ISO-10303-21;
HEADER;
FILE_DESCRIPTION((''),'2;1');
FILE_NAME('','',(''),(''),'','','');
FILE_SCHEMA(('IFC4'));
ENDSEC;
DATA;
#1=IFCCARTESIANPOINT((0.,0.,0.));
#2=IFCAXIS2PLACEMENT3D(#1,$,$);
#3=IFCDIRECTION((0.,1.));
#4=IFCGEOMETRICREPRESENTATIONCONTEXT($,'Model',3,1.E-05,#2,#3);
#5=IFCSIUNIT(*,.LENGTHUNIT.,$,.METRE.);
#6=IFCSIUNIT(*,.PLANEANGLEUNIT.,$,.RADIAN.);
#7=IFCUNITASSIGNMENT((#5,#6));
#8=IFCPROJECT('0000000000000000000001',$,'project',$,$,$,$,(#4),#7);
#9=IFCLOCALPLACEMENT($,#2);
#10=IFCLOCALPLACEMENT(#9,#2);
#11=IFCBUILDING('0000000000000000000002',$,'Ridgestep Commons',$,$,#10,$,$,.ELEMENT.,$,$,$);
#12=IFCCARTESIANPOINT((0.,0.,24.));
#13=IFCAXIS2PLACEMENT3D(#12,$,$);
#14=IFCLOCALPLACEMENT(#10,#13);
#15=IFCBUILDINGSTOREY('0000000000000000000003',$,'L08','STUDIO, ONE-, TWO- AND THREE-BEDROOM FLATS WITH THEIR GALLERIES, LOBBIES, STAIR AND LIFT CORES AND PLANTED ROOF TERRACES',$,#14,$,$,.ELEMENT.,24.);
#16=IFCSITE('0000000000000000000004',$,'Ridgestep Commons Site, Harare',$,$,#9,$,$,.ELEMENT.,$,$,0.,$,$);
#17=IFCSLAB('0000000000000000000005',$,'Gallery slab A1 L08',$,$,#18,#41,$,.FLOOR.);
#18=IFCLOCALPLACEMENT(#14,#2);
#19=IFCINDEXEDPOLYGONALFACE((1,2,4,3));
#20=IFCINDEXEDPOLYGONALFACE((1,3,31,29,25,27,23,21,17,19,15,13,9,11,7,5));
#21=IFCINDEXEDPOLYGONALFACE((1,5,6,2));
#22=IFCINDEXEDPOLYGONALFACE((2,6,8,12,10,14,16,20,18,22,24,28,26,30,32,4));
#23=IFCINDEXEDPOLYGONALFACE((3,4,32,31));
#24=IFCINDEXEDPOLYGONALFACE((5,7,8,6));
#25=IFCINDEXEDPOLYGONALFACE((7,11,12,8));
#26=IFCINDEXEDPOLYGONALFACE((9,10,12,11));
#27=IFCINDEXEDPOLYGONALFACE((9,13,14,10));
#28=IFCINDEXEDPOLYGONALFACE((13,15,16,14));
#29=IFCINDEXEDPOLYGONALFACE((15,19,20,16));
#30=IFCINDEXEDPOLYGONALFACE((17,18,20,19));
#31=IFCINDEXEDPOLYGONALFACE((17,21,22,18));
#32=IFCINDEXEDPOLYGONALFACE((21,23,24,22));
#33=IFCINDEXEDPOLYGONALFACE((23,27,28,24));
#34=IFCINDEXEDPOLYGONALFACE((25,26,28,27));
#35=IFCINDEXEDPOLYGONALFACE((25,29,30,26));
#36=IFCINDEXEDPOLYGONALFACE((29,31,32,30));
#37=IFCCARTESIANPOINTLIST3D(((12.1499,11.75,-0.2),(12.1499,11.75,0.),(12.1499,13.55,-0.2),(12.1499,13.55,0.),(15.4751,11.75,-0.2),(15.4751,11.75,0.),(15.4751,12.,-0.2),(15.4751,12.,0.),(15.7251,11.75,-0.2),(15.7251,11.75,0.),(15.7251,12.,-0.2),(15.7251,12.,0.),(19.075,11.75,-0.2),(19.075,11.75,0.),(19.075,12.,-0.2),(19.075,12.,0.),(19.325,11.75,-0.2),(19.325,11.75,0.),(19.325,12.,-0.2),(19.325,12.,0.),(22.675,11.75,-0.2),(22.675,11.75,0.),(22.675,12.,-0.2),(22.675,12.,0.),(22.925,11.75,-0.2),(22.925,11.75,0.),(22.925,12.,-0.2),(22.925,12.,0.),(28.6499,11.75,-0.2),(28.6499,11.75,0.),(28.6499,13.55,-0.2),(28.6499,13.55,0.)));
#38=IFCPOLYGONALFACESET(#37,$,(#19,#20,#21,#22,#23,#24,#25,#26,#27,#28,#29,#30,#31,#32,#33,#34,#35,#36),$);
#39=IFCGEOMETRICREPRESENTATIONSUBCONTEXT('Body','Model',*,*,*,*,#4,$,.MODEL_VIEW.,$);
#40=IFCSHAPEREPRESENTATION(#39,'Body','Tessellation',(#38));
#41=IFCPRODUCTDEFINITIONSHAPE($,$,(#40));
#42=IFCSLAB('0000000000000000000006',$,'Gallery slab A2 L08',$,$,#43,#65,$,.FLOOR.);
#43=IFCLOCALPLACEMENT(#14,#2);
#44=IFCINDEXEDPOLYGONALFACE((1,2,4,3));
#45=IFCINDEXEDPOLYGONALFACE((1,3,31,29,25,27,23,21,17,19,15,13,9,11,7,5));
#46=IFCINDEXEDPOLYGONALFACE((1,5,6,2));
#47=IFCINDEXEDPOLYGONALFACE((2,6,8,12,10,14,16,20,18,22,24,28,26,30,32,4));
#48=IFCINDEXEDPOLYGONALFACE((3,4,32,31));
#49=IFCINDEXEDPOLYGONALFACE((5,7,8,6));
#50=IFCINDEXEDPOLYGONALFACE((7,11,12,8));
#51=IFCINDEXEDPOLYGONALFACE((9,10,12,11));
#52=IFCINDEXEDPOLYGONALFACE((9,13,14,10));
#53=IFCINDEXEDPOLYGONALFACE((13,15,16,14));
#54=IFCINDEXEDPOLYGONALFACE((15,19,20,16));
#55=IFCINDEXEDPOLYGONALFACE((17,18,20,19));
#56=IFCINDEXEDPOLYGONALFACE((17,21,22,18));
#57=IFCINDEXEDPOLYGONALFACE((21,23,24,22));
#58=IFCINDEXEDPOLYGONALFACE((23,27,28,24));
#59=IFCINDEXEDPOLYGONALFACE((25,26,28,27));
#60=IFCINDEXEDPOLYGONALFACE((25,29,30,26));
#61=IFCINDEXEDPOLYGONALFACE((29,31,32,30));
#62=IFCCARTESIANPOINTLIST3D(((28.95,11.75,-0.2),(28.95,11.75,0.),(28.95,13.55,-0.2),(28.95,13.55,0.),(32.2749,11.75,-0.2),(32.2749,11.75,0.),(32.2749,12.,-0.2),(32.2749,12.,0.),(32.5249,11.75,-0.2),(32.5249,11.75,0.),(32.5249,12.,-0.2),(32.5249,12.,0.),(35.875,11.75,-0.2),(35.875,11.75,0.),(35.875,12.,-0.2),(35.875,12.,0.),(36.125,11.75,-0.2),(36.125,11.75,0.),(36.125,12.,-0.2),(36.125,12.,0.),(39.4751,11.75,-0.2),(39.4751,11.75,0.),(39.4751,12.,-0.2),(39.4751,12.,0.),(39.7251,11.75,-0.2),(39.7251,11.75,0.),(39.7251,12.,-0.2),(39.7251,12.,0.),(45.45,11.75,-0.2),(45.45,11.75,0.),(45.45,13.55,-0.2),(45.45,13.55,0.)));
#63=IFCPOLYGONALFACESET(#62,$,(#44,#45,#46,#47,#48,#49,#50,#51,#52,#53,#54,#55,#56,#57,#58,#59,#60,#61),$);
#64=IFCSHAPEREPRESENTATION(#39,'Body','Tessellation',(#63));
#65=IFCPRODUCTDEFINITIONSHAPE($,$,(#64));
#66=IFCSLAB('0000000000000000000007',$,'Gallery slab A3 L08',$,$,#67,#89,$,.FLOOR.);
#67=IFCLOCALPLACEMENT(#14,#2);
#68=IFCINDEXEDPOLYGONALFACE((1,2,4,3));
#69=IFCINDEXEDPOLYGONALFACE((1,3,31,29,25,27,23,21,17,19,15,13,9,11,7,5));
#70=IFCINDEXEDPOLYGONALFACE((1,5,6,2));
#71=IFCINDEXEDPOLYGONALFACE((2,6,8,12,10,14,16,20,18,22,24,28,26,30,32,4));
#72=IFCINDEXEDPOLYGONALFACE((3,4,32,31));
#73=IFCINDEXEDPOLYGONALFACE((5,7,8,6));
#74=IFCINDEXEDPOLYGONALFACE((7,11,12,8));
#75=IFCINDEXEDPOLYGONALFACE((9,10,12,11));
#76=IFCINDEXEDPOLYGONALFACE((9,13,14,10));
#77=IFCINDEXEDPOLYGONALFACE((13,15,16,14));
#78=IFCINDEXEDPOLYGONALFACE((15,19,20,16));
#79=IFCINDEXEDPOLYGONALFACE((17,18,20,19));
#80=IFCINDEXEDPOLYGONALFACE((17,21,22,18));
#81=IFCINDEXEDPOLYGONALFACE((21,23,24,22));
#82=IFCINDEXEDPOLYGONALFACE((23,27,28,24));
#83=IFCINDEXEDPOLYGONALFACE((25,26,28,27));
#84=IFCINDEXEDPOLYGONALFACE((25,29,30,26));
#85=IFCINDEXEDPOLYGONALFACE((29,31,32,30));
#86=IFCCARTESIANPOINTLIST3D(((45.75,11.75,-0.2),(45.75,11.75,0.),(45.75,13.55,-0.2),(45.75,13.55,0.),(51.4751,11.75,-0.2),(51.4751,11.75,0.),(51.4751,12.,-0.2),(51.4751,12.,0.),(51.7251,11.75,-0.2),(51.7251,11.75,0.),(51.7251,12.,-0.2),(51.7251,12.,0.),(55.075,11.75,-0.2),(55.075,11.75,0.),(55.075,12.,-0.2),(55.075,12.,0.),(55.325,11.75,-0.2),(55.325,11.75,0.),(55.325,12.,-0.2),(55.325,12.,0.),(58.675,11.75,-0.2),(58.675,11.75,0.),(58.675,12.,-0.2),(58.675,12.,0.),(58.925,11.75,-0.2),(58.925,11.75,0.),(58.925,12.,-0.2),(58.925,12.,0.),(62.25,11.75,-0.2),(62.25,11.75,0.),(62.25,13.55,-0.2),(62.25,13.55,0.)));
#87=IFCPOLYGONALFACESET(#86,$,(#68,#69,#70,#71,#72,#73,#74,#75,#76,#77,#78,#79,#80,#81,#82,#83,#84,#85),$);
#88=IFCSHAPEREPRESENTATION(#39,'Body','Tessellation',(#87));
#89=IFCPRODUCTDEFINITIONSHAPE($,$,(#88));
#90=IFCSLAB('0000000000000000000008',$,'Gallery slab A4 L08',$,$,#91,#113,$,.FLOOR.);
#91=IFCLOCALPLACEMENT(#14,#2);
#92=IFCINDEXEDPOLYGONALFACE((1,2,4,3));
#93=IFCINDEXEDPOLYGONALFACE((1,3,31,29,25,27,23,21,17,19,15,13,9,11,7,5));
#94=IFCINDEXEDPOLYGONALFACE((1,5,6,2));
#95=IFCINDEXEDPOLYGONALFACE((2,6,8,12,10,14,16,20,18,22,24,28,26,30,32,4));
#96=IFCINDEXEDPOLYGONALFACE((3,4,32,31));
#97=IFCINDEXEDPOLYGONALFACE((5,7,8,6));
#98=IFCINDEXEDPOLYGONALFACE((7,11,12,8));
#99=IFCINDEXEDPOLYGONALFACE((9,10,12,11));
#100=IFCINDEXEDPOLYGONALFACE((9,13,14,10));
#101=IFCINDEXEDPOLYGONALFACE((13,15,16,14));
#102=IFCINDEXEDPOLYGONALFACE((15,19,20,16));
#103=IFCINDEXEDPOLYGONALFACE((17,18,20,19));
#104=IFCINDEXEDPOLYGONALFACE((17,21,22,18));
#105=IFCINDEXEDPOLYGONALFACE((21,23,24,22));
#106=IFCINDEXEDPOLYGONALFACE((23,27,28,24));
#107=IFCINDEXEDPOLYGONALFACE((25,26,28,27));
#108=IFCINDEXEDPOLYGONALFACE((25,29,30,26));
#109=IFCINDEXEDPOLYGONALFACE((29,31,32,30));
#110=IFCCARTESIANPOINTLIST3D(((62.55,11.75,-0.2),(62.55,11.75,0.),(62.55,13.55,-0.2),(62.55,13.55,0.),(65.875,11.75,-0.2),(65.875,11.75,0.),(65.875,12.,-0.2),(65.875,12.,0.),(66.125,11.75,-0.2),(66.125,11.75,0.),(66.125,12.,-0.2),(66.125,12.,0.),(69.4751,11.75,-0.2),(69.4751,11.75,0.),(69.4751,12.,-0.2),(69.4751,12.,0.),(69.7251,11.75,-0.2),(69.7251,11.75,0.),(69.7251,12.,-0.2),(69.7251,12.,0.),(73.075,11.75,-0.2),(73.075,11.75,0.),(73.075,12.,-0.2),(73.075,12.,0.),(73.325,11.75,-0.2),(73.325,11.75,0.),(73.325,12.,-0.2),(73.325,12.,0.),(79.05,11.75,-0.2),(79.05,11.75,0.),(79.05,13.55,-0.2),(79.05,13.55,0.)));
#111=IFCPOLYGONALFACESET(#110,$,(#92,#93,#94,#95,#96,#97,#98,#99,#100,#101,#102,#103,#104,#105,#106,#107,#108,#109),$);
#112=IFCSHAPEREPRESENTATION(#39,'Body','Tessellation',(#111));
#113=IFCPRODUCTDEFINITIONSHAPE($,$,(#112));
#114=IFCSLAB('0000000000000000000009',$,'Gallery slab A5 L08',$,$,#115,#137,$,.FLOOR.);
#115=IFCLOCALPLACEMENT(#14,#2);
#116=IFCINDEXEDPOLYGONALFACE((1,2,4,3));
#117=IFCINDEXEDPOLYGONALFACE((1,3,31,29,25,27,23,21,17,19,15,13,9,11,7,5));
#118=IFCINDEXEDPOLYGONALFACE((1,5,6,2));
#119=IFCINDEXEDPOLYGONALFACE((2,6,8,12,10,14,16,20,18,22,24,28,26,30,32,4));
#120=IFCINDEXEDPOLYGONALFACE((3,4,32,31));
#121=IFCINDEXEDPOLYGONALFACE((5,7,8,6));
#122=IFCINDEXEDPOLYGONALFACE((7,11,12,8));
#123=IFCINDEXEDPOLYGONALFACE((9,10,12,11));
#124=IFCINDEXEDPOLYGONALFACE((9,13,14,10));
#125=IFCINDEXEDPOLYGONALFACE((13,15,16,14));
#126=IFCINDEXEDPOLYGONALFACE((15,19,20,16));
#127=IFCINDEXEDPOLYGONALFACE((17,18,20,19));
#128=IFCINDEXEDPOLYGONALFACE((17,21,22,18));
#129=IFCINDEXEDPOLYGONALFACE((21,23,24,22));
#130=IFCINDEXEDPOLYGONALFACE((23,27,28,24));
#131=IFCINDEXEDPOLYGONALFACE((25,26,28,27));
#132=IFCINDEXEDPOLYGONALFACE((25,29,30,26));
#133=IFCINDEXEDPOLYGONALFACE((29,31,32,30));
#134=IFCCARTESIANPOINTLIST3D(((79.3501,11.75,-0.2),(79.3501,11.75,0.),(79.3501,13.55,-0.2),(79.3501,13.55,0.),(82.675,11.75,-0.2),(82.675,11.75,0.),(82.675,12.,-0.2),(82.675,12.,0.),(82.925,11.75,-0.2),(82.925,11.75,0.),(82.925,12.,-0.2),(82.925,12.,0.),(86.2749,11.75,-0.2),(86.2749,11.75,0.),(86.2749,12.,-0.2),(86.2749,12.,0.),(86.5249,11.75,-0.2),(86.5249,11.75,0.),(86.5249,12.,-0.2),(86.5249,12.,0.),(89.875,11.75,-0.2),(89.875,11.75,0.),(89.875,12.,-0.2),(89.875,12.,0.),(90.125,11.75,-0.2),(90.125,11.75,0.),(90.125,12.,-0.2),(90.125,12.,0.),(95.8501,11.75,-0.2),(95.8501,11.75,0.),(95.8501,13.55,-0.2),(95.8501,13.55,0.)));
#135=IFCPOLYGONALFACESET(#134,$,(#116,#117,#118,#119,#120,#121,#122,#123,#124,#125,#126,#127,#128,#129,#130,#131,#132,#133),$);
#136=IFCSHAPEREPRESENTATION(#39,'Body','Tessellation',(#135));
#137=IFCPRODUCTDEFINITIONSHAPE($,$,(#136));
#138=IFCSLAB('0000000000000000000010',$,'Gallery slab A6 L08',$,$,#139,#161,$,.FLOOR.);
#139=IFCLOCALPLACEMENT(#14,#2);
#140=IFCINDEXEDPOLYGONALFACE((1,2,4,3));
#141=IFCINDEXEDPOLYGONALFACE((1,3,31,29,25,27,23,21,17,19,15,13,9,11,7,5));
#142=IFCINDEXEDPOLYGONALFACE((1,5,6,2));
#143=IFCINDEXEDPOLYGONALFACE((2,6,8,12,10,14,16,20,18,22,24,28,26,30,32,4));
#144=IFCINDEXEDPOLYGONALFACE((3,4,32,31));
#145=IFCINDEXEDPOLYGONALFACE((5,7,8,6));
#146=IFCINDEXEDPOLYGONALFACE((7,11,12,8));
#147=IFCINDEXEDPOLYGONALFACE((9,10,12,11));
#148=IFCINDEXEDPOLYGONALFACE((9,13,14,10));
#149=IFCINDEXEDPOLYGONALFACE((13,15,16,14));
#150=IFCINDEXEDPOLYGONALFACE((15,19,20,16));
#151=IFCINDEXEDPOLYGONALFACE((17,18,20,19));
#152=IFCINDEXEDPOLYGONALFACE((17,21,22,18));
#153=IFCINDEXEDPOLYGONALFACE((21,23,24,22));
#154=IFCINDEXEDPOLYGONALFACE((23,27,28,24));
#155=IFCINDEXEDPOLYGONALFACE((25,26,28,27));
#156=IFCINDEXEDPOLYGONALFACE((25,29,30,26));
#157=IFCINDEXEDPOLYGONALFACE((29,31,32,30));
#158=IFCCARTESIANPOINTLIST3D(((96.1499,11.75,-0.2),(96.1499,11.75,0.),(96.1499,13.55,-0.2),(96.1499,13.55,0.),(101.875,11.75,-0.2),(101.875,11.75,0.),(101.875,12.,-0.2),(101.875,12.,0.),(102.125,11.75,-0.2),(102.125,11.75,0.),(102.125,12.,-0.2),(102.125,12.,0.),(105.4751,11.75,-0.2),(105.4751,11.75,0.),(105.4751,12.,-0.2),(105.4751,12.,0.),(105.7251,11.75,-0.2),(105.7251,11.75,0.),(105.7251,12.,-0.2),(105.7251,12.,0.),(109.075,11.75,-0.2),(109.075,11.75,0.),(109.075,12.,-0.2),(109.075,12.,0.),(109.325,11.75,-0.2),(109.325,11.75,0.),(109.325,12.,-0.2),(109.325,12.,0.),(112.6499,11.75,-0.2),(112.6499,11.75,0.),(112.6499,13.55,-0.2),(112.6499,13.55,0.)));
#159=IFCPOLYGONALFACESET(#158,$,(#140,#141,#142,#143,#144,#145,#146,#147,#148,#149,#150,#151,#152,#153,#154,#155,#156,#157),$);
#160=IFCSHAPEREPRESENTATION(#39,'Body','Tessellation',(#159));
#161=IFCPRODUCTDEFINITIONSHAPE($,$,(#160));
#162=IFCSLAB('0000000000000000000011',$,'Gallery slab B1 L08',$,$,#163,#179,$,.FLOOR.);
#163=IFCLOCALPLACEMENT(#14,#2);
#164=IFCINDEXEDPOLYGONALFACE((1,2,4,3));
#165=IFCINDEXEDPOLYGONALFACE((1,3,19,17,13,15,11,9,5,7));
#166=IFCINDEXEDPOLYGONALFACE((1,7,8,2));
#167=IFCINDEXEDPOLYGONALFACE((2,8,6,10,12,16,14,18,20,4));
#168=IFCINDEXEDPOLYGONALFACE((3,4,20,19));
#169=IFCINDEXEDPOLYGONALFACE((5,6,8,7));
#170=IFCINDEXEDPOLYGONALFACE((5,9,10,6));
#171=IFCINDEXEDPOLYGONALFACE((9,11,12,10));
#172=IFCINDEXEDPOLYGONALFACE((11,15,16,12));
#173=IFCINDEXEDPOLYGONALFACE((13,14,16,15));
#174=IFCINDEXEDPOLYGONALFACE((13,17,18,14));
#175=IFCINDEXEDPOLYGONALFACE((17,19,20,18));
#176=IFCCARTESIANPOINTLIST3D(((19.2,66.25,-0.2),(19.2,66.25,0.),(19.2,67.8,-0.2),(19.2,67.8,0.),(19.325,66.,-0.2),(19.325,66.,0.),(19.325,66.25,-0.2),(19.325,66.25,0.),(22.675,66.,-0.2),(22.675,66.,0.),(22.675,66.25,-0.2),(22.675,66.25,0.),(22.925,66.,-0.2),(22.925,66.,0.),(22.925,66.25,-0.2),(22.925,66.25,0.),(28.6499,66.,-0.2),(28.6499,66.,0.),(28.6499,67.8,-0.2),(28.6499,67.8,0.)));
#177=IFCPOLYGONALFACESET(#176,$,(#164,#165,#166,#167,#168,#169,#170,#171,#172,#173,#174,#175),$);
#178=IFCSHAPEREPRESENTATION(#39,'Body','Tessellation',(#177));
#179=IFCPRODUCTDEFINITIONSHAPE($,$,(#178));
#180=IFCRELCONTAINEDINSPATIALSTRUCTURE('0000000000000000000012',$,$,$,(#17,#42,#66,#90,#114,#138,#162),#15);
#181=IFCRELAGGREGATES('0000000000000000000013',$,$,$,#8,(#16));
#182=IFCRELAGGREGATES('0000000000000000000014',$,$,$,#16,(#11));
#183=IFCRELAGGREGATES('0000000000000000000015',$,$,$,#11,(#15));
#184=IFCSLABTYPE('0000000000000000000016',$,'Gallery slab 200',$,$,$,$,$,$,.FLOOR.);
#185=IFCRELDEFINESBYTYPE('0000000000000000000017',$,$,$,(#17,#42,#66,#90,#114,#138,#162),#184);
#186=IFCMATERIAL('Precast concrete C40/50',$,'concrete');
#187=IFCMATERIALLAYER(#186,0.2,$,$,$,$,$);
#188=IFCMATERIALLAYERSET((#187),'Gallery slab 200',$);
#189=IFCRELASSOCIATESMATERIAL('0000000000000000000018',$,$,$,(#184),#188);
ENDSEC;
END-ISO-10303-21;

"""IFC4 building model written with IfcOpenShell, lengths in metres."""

from ifc_helpers import new_model, si_unit, direction, frame, origin, place, context, subcontext, project, spatial, polyline, outline, extrude, material, layer, layer_set, type_object, element, save


model = new_model("IFC4")

# Units and contexts
model_context = context("Model", 3, precision=1e-05, world=origin(), true_north=direction((0.0, 1.0)))
body_context = subcontext(model_context, "Body", "Model", "MODEL_VIEW")
ifc_project = project(units=[si_unit("LENGTHUNIT", "METRE"), si_unit("PLANEANGLEUNIT", "RADIAN")], contexts=[model_context])

# Site, building, storey
site_placement = place(None, origin())
site = spatial("IfcSite", under=ifc_project, at=site_placement, Name="Ridgestep Commons Site, Harare", CompositionType="ELEMENT", RefElevation=0.0)
building_placement = place(site_placement, origin())
building = spatial("IfcBuilding", under=site, at=building_placement, Name="Ridgestep Commons", CompositionType="ELEMENT")
storey_placement = place(building_placement, frame((0.0, 0.0, 24.0)))
storey = spatial("IfcBuildingStorey", under=building, at=storey_placement, Name="L08", Description="STUDIO, ONE-, TWO- AND THREE-BEDROOM FLATS WITH THEIR GALLERIES, LOBBIES, STAIR AND LIFT CORES AND PLANTED ROOF TERRACES", CompositionType="ELEMENT", Elevation=24.0)

# Slabs
ifc_material_1 = material(Name="Precast concrete C40/50", Category="concrete")
ifc_layer_1 = layer(ifc_material_1, 0.2)
ifc_layer_set_1 = layer_set([ifc_layer_1], Name="Gallery slab 200")
slab_type_1 = type_object("IfcSlabType", Name="Gallery slab 200", PredefinedType="FLOOR", material=ifc_layer_set_1)
slab_1_placement = place(storey_placement, frame((0.0, 0.0, -0.2)))
element("IfcSlab", 1, at=slab_1_placement, inside=storey, type_object=slab_type_1, Name="Gallery slab A1 L08", PredefinedType="FLOOR", context=body_context, shape_type="SweptSolid", body=[
    extrude(outline(polyline([(28.6499, 13.55), (12.1499, 13.55), (12.1499, 11.75), (15.4751, 11.75), (15.4751, 12.0), (15.7251, 12.0), (15.7251, 11.75), (19.075, 11.75), (19.075, 12.0), (19.325, 12.0), (19.325, 11.75), (22.675, 11.75), (22.675, 12.0), (22.925, 12.0), (22.925, 11.75), (28.6499, 11.75), (28.6499, 13.55)])), origin(), (0.0, 0.0, 1.0), 0.2),
])
slab_2_placement = place(storey_placement, frame((0.0, 0.0, -0.2)))
element("IfcSlab", 2, at=slab_2_placement, inside=storey, type_object=slab_type_1, Name="Gallery slab A2 L08", PredefinedType="FLOOR", context=body_context, shape_type="SweptSolid", body=[
    extrude(outline(polyline([(45.45, 13.55), (28.95, 13.55), (28.95, 11.75), (32.2749, 11.75), (32.2749, 12.0), (32.5249, 12.0), (32.5249, 11.75), (35.875, 11.75), (35.875, 12.0), (36.125, 12.0), (36.125, 11.75), (39.4751, 11.75), (39.4751, 12.0), (39.7251, 12.0), (39.7251, 11.75), (45.45, 11.75), (45.45, 13.55)])), origin(), (0.0, 0.0, 1.0), 0.2),
])
slab_3_placement = place(storey_placement, frame((0.0, 0.0, -0.2)))
element("IfcSlab", 3, at=slab_3_placement, inside=storey, type_object=slab_type_1, Name="Gallery slab A3 L08", PredefinedType="FLOOR", context=body_context, shape_type="SweptSolid", body=[
    extrude(outline(polyline([(62.25, 13.55), (45.75, 13.55), (45.75, 11.75), (51.4751, 11.75), (51.4751, 12.0), (51.7251, 12.0), (51.7251, 11.75), (55.075, 11.75), (55.075, 12.0), (55.325, 12.0), (55.325, 11.75), (58.675, 11.75), (58.675, 12.0), (58.925, 12.0), (58.925, 11.75), (62.25, 11.75), (62.25, 13.55)])), origin(), (0.0, 0.0, 1.0), 0.2),
])
slab_4_placement = place(storey_placement, frame((0.0, 0.0, -0.2)))
element("IfcSlab", 4, at=slab_4_placement, inside=storey, type_object=slab_type_1, Name="Gallery slab A4 L08", PredefinedType="FLOOR", context=body_context, shape_type="SweptSolid", body=[
    extrude(outline(polyline([(79.05, 13.55), (62.55, 13.55), (62.55, 11.75), (65.875, 11.75), (65.875, 12.0), (66.125, 12.0), (66.125, 11.75), (69.4751, 11.75), (69.4751, 12.0), (69.7251, 12.0), (69.7251, 11.75), (73.075, 11.75), (73.075, 12.0), (73.325, 12.0), (73.325, 11.75), (79.05, 11.75), (79.05, 13.55)])), origin(), (0.0, 0.0, 1.0), 0.2),
])
slab_5_placement = place(storey_placement, frame((0.0, 0.0, -0.2)))
element("IfcSlab", 5, at=slab_5_placement, inside=storey, type_object=slab_type_1, Name="Gallery slab A5 L08", PredefinedType="FLOOR", context=body_context, shape_type="SweptSolid", body=[
    extrude(outline(polyline([(95.8501, 13.55), (79.3501, 13.55), (79.3501, 11.75), (82.675, 11.75), (82.675, 12.0), (82.925, 12.0), (82.925, 11.75), (86.2749, 11.75), (86.2749, 12.0), (86.5249, 12.0), (86.5249, 11.75), (89.875, 11.75), (89.875, 12.0), (90.125, 12.0), (90.125, 11.75), (95.8501, 11.75), (95.8501, 13.55)])), origin(), (0.0, 0.0, 1.0), 0.2),
])
slab_6_placement = place(storey_placement, frame((0.0, 0.0, -0.2)))
element("IfcSlab", 6, at=slab_6_placement, inside=storey, type_object=slab_type_1, Name="Gallery slab A6 L08", PredefinedType="FLOOR", context=body_context, shape_type="SweptSolid", body=[
    extrude(outline(polyline([(112.6499, 13.55), (96.1499, 13.55), (96.1499, 11.75), (101.875, 11.75), (101.875, 12.0), (102.125, 12.0), (102.125, 11.75), (105.4751, 11.75), (105.4751, 12.0), (105.7251, 12.0), (105.7251, 11.75), (109.075, 11.75), (109.075, 12.0), (109.325, 12.0), (109.325, 11.75), (112.6499, 11.75), (112.6499, 13.55)])), origin(), (0.0, 0.0, 1.0), 0.2),
])
slab_7_placement = place(storey_placement, frame((0.0, 0.0, -0.2)))
element("IfcSlab", 7, at=slab_7_placement, inside=storey, type_object=slab_type_1, Name="Gallery slab B1 L08", PredefinedType="FLOOR", context=body_context, shape_type="SweptSolid", body=[
    extrude(outline(polyline([(28.6499, 67.8), (19.2, 67.8), (19.2, 66.25), (19.325, 66.25), (19.325, 66.0), (22.675, 66.0), (22.675, 66.25), (22.925, 66.25), (22.925, 66.0), (28.6499, 66.0), (28.6499, 67.8)])), origin(), (0.0, 0.0, 1.0), 0.2),
])

save(model, "model.ifc")
